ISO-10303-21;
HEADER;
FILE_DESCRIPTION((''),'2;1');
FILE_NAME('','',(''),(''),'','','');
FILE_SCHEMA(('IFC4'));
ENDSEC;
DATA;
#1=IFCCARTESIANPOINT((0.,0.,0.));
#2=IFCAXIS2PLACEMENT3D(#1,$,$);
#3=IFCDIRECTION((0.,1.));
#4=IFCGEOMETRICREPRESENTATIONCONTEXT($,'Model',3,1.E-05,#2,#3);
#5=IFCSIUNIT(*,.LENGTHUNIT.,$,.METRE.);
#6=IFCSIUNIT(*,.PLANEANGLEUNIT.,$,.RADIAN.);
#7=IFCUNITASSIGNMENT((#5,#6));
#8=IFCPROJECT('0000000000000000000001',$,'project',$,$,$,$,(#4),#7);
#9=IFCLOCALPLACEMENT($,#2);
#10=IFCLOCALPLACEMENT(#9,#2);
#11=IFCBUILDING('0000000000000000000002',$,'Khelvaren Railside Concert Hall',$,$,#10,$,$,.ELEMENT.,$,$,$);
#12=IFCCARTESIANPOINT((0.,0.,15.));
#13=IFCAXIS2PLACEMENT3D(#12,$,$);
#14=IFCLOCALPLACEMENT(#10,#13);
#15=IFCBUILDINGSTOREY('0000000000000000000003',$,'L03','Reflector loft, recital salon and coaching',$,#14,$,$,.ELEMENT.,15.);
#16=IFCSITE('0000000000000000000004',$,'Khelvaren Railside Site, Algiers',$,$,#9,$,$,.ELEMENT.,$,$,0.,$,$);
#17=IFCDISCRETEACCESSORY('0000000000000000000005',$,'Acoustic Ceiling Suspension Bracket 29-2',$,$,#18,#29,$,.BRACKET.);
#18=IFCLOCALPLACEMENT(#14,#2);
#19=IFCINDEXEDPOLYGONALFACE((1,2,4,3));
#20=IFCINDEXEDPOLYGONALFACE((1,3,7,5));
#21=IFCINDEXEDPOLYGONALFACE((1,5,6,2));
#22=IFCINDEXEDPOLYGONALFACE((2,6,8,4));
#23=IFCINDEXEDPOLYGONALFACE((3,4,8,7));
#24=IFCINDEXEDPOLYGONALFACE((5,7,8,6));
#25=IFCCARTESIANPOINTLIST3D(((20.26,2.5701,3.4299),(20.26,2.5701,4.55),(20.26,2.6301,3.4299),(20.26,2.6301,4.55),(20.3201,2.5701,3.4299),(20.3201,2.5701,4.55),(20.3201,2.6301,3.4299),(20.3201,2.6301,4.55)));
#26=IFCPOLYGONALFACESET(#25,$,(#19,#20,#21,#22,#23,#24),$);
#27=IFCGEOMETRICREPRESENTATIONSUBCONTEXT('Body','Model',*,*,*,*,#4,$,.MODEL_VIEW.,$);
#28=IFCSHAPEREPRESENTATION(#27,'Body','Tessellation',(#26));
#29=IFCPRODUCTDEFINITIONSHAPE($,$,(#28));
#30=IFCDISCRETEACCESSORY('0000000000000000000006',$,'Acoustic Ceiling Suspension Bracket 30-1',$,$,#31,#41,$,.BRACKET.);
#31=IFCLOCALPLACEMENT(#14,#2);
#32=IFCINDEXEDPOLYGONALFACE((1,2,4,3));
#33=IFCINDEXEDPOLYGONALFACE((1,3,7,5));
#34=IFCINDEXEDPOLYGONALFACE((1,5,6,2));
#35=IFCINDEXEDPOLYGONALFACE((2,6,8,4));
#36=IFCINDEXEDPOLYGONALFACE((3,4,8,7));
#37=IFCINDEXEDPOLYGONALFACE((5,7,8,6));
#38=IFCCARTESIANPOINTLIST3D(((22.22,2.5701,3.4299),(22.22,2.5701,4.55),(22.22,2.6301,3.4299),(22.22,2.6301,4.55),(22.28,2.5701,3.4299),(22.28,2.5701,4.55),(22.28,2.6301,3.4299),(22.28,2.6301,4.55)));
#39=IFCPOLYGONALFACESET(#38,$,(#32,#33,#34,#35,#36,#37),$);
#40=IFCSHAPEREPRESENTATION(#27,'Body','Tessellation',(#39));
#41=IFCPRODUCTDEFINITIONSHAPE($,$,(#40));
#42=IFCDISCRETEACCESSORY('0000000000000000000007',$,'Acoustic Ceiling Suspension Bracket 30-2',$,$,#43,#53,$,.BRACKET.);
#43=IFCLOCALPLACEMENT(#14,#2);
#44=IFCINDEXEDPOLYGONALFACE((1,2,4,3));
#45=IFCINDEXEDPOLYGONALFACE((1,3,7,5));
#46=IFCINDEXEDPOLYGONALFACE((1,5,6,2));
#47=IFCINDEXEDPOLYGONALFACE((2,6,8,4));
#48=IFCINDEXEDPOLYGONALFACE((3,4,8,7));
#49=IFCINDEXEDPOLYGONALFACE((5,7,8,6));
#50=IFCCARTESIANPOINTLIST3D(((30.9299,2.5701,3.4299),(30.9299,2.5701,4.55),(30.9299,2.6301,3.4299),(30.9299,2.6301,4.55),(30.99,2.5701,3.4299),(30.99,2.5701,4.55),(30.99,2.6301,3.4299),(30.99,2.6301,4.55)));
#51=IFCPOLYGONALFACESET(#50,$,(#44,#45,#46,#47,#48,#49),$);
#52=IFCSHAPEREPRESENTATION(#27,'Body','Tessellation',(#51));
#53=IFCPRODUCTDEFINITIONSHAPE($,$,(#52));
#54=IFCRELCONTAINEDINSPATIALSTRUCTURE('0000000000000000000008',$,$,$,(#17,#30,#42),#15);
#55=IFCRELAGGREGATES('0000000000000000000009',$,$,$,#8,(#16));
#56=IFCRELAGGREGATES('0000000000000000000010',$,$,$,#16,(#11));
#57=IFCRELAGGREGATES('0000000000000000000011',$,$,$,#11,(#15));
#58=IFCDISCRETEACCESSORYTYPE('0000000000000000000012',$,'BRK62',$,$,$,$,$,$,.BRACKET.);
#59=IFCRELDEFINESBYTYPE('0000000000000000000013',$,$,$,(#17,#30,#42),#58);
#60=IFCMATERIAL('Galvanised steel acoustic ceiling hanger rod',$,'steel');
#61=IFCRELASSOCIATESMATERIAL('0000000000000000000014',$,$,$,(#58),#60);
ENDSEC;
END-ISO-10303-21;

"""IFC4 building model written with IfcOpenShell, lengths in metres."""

from ifc_helpers import new_model, si_unit, direction, frame, origin, origin_2d, place, context, subcontext, project, spatial, rectangle, extrude, material, type_object, element, save


model = new_model("IFC4")

# Units and contexts
model_context = context("Model", 3, precision=1e-05, world=origin(), true_north=direction((0.0, 1.0)))
body_context = subcontext(model_context, "Body", "Model", "MODEL_VIEW")
ifc_project = project(units=[si_unit("LENGTHUNIT", "METRE"), si_unit("PLANEANGLEUNIT", "RADIAN")], contexts=[model_context])

# Site, building, storey
site_placement = place(None, origin())
site = spatial("IfcSite", under=ifc_project, at=site_placement, Name="Khelvaren Railside Site, Algiers", CompositionType="ELEMENT", RefElevation=0.0)
building_placement = place(site_placement, origin())
building = spatial("IfcBuilding", under=site, at=building_placement, Name="Khelvaren Railside Concert Hall", CompositionType="ELEMENT")
storey_placement = place(building_placement, frame((0.0, 0.0, 15.0)))
storey = spatial("IfcBuildingStorey", under=building, at=storey_placement, Name="L03", Description="Reflector loft, recital salon and coaching", CompositionType="ELEMENT", Elevation=15.0)

# Discrete accessories
ifc_material_1 = material(Name="Galvanised steel acoustic ceiling hanger rod", Category="steel")
discrete_accessory_type = type_object("IfcDiscreteAccessoryType", Name="BRK62", PredefinedType="BRACKET", material=ifc_material_1)
for number, where, z_axis, x_axis, name in (
    (1, (20.29, 2.6001, 3.4299), (0.0, 0.0, 1.0), (1.0, 0.0, 0.0), "Acoustic Ceiling Suspension Bracket 29-2"),
    (2, (22.25, 2.6001, 3.4299), (0.0, 0.0, 1.0), (1.0, 0.0, 0.0), "Acoustic Ceiling Suspension Bracket 30-1"),
    (3, (30.96, 2.6001, 3.4299), (0.0, 0.0, 1.0), (1.0, 0.0, 0.0), "Acoustic Ceiling Suspension Bracket 30-2"),
):
    element("IfcDiscreteAccessory", number, at=place(storey_placement, frame(where, z_axis=z_axis, x_axis=x_axis)), inside=storey, type_object=discrete_accessory_type, Name=name, PredefinedType="BRACKET", context=body_context, shape_type="SweptSolid", body=[
        extrude(rectangle(XDim=0.0601, YDim=0.0601, at=origin_2d()), origin(), (0.0, 0.0, 1.0), 1.1201),
    ])

save(model, "model.ifc")
